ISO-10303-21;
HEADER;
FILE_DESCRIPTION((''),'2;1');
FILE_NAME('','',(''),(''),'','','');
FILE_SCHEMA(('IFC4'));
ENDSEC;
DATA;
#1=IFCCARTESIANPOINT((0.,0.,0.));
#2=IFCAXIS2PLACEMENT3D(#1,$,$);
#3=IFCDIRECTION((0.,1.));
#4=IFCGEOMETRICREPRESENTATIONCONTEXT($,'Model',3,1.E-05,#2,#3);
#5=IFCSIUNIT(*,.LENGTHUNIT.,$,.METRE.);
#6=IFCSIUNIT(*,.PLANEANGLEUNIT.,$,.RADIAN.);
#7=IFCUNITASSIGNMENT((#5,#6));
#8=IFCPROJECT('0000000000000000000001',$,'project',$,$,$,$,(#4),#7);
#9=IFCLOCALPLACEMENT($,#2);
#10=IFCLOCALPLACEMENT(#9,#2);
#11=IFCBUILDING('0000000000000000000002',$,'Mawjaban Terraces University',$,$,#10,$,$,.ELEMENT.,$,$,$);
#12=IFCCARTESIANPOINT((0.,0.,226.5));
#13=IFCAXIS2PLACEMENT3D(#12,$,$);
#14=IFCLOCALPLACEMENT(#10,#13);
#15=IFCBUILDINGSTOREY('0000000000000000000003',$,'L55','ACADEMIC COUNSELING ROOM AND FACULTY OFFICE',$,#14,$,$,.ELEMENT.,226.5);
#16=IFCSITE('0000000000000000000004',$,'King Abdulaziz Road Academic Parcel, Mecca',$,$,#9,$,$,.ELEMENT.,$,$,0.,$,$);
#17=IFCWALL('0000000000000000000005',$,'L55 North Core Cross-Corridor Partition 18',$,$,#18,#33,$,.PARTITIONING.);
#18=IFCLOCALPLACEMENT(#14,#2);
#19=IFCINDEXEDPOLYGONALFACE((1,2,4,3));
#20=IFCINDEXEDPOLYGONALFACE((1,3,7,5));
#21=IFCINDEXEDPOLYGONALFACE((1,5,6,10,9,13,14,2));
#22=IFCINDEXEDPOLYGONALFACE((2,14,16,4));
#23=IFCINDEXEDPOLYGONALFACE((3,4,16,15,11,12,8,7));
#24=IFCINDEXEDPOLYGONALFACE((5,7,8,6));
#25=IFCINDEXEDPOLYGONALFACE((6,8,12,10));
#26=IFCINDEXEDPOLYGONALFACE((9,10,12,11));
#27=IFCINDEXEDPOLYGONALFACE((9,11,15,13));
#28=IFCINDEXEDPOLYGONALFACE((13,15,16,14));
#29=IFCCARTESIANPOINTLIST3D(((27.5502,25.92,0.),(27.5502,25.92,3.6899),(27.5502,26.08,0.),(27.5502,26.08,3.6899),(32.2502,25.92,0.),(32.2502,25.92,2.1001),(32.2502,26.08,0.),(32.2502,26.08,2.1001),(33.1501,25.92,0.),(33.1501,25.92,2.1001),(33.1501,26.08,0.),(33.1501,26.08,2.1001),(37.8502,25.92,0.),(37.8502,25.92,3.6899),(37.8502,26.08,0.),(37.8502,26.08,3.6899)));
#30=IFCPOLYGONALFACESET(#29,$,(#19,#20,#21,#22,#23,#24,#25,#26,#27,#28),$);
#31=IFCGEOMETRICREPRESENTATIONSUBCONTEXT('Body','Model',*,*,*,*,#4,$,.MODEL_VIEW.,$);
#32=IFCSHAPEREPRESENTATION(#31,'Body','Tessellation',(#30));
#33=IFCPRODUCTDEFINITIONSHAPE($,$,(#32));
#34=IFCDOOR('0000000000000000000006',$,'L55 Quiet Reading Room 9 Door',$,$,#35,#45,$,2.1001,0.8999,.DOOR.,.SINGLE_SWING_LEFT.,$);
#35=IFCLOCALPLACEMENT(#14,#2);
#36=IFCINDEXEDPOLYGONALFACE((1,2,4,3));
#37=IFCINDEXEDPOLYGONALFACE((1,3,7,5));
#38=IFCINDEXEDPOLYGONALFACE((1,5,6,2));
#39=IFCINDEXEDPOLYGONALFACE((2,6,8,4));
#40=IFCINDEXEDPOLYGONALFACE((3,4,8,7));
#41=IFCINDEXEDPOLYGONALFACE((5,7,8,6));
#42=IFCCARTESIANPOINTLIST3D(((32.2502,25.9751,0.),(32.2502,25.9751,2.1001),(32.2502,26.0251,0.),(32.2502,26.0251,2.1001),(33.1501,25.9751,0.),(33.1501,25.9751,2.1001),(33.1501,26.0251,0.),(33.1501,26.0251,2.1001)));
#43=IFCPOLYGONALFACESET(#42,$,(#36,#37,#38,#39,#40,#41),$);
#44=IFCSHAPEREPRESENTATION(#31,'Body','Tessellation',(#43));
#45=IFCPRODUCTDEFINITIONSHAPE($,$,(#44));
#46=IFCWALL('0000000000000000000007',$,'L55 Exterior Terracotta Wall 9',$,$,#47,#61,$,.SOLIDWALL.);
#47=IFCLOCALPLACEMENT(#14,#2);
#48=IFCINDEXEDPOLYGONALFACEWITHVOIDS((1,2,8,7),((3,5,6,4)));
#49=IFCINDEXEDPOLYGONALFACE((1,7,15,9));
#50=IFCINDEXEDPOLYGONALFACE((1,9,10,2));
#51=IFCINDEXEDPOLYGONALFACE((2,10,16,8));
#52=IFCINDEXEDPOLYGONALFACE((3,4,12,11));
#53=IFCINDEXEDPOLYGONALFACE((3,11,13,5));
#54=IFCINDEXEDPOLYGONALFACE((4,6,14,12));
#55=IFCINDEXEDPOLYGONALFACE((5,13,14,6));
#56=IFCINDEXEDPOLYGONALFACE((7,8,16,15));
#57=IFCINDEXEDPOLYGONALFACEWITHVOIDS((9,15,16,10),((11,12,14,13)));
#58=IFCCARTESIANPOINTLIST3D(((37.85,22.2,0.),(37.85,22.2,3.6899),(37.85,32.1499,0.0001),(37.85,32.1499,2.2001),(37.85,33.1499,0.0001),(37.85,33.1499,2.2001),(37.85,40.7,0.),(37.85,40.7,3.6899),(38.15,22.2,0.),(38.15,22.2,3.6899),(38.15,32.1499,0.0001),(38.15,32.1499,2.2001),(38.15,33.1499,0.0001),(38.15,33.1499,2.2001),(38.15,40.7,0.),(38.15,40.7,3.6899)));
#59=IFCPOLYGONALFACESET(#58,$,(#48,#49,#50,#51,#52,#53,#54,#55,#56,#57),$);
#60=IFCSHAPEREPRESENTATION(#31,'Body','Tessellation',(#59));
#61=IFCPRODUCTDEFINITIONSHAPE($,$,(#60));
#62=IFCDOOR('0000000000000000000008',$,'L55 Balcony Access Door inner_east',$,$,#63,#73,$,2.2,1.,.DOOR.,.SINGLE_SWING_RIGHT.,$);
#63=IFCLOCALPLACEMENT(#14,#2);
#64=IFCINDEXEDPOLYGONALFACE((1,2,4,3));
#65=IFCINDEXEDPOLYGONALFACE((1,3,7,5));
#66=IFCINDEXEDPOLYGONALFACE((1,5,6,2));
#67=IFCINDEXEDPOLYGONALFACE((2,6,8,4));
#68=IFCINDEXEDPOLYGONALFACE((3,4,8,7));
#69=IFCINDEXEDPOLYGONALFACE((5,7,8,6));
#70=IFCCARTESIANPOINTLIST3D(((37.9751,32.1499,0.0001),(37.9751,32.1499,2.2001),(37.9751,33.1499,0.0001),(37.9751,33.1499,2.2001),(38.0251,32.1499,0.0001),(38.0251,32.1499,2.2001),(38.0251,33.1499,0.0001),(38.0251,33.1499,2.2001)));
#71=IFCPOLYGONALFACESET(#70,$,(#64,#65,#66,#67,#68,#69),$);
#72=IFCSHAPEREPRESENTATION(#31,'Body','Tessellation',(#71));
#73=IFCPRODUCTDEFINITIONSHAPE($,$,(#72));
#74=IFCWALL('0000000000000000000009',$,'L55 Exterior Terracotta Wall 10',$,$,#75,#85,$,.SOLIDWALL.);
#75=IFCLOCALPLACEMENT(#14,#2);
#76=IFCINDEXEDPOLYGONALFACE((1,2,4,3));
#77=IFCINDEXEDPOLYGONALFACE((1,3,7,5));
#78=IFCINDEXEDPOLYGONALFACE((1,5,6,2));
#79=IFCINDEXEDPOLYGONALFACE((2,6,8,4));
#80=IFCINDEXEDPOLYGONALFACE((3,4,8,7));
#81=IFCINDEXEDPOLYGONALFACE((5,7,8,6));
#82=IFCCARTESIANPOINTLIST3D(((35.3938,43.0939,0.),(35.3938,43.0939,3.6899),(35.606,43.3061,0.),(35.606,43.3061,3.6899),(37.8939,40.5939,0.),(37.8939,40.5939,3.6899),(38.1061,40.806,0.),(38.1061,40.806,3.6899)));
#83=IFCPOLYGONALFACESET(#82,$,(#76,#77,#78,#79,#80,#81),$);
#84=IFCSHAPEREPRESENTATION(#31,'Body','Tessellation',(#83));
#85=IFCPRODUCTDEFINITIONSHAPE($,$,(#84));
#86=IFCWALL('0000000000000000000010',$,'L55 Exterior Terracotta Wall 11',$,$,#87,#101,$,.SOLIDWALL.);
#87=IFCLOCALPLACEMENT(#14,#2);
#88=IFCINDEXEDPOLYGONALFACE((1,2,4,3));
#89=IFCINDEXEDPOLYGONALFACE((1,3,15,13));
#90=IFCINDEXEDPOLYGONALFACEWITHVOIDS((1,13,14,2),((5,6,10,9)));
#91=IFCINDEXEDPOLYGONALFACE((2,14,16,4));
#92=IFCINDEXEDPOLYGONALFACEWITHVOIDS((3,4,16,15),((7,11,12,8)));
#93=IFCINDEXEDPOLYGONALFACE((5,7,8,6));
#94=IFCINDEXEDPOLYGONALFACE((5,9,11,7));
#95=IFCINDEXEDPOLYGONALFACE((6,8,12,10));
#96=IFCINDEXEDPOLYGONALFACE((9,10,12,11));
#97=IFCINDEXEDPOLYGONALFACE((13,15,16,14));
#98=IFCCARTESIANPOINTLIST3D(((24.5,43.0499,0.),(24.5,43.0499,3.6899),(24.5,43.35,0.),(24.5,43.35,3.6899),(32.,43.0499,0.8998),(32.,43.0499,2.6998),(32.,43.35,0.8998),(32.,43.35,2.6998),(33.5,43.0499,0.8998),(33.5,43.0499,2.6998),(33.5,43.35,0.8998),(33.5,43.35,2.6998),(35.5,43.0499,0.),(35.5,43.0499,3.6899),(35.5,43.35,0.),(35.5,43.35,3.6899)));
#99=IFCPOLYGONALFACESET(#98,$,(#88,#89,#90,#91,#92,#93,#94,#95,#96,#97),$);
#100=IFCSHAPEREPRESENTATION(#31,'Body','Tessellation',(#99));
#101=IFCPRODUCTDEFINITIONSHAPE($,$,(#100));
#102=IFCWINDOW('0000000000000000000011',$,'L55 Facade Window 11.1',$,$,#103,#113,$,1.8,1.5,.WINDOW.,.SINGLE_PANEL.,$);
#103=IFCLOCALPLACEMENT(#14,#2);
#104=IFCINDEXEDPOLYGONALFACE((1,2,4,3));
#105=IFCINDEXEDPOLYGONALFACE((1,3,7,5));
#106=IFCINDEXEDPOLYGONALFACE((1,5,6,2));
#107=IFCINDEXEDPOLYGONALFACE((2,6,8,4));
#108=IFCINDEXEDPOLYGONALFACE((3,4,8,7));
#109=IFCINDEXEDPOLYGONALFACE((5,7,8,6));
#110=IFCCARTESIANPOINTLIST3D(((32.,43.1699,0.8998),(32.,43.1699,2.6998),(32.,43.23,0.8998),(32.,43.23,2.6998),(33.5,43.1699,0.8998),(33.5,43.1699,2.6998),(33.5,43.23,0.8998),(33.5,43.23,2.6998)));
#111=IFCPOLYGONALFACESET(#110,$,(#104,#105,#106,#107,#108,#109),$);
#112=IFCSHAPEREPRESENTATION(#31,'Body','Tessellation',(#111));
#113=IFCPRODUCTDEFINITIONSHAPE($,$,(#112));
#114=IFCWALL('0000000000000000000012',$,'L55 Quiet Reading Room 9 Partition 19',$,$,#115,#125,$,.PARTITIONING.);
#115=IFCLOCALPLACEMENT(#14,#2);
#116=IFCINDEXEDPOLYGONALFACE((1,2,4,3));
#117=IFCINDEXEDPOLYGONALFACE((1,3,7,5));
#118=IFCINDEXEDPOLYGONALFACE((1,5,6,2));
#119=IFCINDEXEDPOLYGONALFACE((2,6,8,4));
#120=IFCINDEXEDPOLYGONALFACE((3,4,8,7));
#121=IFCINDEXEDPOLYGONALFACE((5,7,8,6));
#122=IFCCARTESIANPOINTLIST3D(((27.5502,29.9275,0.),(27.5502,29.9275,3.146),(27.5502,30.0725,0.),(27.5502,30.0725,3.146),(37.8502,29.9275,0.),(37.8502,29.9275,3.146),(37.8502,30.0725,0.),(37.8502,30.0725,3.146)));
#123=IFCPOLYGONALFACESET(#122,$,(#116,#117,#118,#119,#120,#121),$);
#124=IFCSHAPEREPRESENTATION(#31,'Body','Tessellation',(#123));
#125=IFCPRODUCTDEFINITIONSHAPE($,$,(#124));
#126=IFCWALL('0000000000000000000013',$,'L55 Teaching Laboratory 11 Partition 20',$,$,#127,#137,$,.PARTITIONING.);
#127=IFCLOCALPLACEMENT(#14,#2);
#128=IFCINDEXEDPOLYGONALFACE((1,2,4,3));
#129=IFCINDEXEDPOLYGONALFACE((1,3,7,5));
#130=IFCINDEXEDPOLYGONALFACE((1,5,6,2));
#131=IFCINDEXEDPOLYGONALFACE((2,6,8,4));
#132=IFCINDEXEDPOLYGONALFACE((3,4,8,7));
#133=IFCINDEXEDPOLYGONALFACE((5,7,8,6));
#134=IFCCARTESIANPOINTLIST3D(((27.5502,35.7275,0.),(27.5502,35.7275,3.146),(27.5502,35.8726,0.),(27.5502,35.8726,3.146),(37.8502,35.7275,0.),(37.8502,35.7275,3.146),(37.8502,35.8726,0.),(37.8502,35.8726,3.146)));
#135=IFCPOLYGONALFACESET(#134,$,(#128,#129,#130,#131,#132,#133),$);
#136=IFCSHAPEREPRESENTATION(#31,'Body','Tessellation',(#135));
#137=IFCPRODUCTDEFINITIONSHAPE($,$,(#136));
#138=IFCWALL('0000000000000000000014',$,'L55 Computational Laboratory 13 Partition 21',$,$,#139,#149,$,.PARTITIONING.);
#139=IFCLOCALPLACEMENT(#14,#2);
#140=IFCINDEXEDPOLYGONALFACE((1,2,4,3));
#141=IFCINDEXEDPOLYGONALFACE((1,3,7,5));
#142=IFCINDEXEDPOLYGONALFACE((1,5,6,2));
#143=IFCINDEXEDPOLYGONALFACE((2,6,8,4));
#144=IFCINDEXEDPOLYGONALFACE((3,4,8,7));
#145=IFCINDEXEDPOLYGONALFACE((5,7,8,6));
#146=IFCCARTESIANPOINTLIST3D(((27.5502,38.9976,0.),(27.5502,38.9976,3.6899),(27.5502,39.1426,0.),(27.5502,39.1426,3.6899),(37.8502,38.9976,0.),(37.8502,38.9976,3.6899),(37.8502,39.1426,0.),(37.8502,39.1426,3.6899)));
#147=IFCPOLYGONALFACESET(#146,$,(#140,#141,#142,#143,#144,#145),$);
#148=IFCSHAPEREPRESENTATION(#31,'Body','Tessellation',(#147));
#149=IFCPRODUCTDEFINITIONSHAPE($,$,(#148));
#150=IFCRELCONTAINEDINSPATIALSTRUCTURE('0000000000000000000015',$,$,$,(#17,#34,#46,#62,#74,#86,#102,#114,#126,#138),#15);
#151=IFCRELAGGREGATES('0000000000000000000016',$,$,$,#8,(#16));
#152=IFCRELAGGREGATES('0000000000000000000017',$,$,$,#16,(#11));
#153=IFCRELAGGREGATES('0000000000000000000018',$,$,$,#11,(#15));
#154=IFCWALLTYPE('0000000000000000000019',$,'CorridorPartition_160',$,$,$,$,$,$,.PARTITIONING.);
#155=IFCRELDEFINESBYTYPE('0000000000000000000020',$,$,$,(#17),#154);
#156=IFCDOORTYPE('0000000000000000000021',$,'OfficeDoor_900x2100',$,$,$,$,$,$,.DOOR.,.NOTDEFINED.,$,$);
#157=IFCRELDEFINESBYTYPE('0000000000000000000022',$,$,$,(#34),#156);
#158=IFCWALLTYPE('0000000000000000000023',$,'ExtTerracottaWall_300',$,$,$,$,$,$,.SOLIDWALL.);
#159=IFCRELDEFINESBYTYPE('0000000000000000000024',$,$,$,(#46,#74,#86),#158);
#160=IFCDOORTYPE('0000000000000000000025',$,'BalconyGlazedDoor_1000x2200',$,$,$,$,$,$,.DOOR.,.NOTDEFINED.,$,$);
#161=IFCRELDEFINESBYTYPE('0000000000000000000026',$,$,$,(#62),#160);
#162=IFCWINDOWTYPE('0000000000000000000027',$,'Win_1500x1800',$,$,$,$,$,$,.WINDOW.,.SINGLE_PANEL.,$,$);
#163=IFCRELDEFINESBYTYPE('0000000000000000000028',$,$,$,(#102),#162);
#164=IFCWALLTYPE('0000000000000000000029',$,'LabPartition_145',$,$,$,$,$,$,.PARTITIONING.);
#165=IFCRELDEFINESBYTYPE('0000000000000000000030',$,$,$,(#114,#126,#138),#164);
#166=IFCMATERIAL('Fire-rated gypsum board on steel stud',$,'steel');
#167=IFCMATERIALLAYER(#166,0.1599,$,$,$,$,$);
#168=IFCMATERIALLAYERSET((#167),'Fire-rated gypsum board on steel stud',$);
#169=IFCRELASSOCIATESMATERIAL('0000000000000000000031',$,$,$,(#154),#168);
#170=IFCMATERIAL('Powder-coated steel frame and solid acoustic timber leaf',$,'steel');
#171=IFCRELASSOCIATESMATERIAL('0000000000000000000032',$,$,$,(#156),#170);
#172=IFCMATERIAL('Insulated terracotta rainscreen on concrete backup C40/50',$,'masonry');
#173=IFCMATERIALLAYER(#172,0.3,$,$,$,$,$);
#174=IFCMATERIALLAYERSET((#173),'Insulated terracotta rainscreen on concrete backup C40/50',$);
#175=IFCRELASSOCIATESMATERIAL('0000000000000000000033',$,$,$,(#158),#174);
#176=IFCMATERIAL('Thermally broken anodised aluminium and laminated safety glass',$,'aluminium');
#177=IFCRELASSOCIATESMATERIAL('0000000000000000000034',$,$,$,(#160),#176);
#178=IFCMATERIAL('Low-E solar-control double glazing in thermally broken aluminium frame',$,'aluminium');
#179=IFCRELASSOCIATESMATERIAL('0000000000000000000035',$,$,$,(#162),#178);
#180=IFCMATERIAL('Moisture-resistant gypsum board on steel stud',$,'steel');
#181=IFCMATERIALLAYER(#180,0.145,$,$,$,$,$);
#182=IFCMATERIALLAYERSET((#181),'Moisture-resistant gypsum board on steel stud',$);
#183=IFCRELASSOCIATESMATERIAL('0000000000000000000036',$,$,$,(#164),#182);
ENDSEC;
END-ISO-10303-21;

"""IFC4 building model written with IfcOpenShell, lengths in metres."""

from ifc_helpers import new_model, si_unit, direction, frame, frame_2d, origin, place, context, subcontext, project, spatial, rectangle, extrude, material, layer, layer_set, type_object, element, fill, save


model = new_model("IFC4")

# Units and contexts
model_context = context("Model", 3, precision=1e-05, world=origin(), true_north=direction((0.0, 1.0)))
body_context = subcontext(model_context, "Body", "Model", "MODEL_VIEW")
ifc_project = project(units=[si_unit("LENGTHUNIT", "METRE"), si_unit("PLANEANGLEUNIT", "RADIAN")], contexts=[model_context])

# Site, building, storey
site_placement = place(None, origin())
site = spatial("IfcSite", under=ifc_project, at=site_placement, Name="King Abdulaziz Road Academic Parcel, Mecca", CompositionType="ELEMENT", RefElevation=0.0)
building_placement = place(site_placement, origin())
building = spatial("IfcBuilding", under=site, at=building_placement, Name="Mawjaban Terraces University", CompositionType="ELEMENT")
storey_placement = place(building_placement, frame((0.0, 0.0, 226.5)))
storey = spatial("IfcBuildingStorey", under=building, at=storey_placement, Name="L55", Description="ACADEMIC COUNSELING ROOM AND FACULTY OFFICE", CompositionType="ELEMENT", Elevation=226.5)

# Walls, openings, doors
ifc_material_1 = material(Name="Fire-rated gypsum board on steel stud", Category="steel")
ifc_layer_1 = layer(ifc_material_1, 0.1599)
ifc_layer_set_1 = layer_set([ifc_layer_1], Name="Fire-rated gypsum board on steel stud")
wall_type_1 = type_object("IfcWallType", Name="CorridorPartition_160", PredefinedType="PARTITIONING", material=ifc_layer_set_1)
ifc_material_2 = material(Name="Powder-coated steel frame and solid acoustic timber leaf", Category="steel")
door_type_1 = type_object("IfcDoorType", Name="OfficeDoor_900x2100", OperationType="NOTDEFINED", PredefinedType="DOOR", material=ifc_material_2)
wall_1_placement = place(storey_placement, frame((37.8501, 26.0, 0.0), z_axis=(0.0, 0.0, 1.0), x_axis=(-1.0, 0.0, 0.0)))
wall_1 = element("IfcWall", 1, at=wall_1_placement, inside=storey, type_object=wall_type_1, Name="L55 North Core Cross-Corridor Partition 18", PredefinedType="PARTITIONING", context=body_context, shape_type="SweptSolid", body=[
    extrude(rectangle(XDim=10.3, YDim=0.1599, at=frame_2d((5.1499, 0.0))), origin(), (0.0, 0.0, 1.0), 3.6899),
])
opening_1_placement = place(wall_1_placement, frame((4.7, 0.0, 0.0)))
opening_1 = element("IfcOpeningElement", 2, at=opening_1_placement, cuts=wall_1, PredefinedType="OPENING", context=body_context, shape_type="SweptSolid", body=[
    extrude(rectangle(XDim=0.8999, YDim=2.1001, at=frame_2d((0.45, 1.05))), frame((0.0, 0.0898, 0.0), z_axis=(0.0, -1.0, 0.0), x_axis=(1.0, 0.0, 0.0)), (0.0, 0.0, 1.0), 0.1799),
])
door_1_placement = place(opening_1_placement, origin())
door_1 = element("IfcDoor", 3, at=door_1_placement, inside=storey, type_object=door_type_1, Name="L55 Quiet Reading Room 9 Door", OperationType="SINGLE_SWING_LEFT", OverallHeight=2.1001, OverallWidth=0.8999, PredefinedType="DOOR", context=body_context, shape_type="SweptSolid", body=[
    extrude(rectangle(XDim=0.8999, YDim=2.1001, at=frame_2d((0.45, 1.05))), frame((0.0, 0.0249, 0.0), z_axis=(0.0, -1.0, 0.0), x_axis=(1.0, 0.0, 0.0)), (0.0, 0.0, 1.0), 0.05),
])
fill(opening_1, door_1)
ifc_material_3 = material(Name="Insulated terracotta rainscreen on concrete backup C40/50", Category="masonry")
ifc_layer_2 = layer(ifc_material_3, 0.3)
ifc_layer_set_2 = layer_set([ifc_layer_2], Name="Insulated terracotta rainscreen on concrete backup C40/50")
wall_type_2 = type_object("IfcWallType", Name="ExtTerracottaWall_300", PredefinedType="SOLIDWALL", material=ifc_layer_set_2)
wall_2_placement = place(storey_placement, frame((38.0, 22.2, 0.0), z_axis=(0.0, 0.0, 1.0), x_axis=(0.0, 1.0, 0.0)))
wall_2 = element("IfcWall", 4, at=wall_2_placement, inside=storey, type_object=wall_type_2, Name="L55 Exterior Terracotta Wall 9", PredefinedType="SOLIDWALL", context=body_context, shape_type="SweptSolid", body=[
    extrude(rectangle(XDim=18.5, YDim=0.3, at=frame_2d((9.25, 0.0))), origin(), (0.0, 0.0, 1.0), 3.6899),
])
opening_2_placement = place(wall_2_placement, frame((9.95, 0.0, 0.0)))
opening_2 = element("IfcOpeningElement", 5, at=opening_2_placement, cuts=wall_2, PredefinedType="OPENING", context=body_context, shape_type="SweptSolid", body=[
    extrude(rectangle(XDim=1.0, YDim=2.2, at=frame_2d((0.5, 1.1001))), frame((0.0, 0.1599, 0.0), z_axis=(0.0, -1.0, 0.0), x_axis=(1.0, 0.0, 0.0)), (0.0, 0.0, 1.0), 0.3201),
])
ifc_material_4 = material(Name="Thermally broken anodised aluminium and laminated safety glass", Category="aluminium")
door_type_2 = type_object("IfcDoorType", Name="BalconyGlazedDoor_1000x2200", OperationType="NOTDEFINED", PredefinedType="DOOR", material=ifc_material_4)
door_2_placement = place(opening_2_placement, origin())
door_2 = element("IfcDoor", 6, at=door_2_placement, inside=storey, type_object=door_type_2, Name="L55 Balcony Access Door inner_east", OperationType="SINGLE_SWING_RIGHT", OverallHeight=2.2, OverallWidth=1.0, PredefinedType="DOOR", context=body_context, shape_type="SweptSolid", body=[
    extrude(rectangle(XDim=1.0, YDim=2.2, at=frame_2d((0.5, 1.1001))), frame((0.0, 0.0249, 0.0), z_axis=(0.0, -1.0, 0.0), x_axis=(1.0, 0.0, 0.0)), (0.0, 0.0, 1.0), 0.05),
])
fill(opening_2, door_2)

# Wall
wall_3_placement = place(storey_placement, frame((38.0, 40.7, 0.0), z_axis=(0.0, 0.0, 1.0), x_axis=(-0.707107, 0.707107, 0.0)))
element("IfcWall", 7, at=wall_3_placement, inside=storey, type_object=wall_type_2, Name="L55 Exterior Terracotta Wall 10", PredefinedType="SOLIDWALL", context=body_context, shape_type="SweptSolid", body=[
    extrude(rectangle(XDim=3.5356, YDim=0.3, at=frame_2d((1.7678, 0.0))), origin(), (0.0, 0.0, 1.0), 3.6899),
])

# Wall, opening, window
wall_4_placement = place(storey_placement, frame((35.5, 43.2, 0.0), z_axis=(0.0, 0.0, 1.0), x_axis=(-1.0, 0.0, 0.0)))
wall_4 = element("IfcWall", 8, at=wall_4_placement, inside=storey, type_object=wall_type_2, Name="L55 Exterior Terracotta Wall 11", PredefinedType="SOLIDWALL", context=body_context, shape_type="SweptSolid", body=[
    extrude(rectangle(XDim=11.0, YDim=0.3, at=frame_2d((5.5, 0.0))), origin(), (0.0, 0.0, 1.0), 3.6899),
])
opening_3_placement = place(wall_4_placement, frame((2.0, 0.0, 0.8999)))
opening_3 = element("IfcOpeningElement", 9, at=opening_3_placement, cuts=wall_4, PredefinedType="OPENING", context=body_context, shape_type="SweptSolid", body=[
    extrude(rectangle(XDim=1.5, YDim=1.8, at=frame_2d((0.75, 0.8999))), frame((0.0, 0.1599, 0.0), z_axis=(0.0, -1.0, 0.0), x_axis=(1.0, 0.0, 0.0)), (0.0, 0.0, 1.0), 0.3201),
])
ifc_material_5 = material(Name="Low-E solar-control double glazing in thermally broken aluminium frame", Category="aluminium")
window_type = type_object("IfcWindowType", Name="Win_1500x1800", PartitioningType="SINGLE_PANEL", PredefinedType="WINDOW", material=ifc_material_5)
window_placement = place(opening_3_placement, origin())
window = element("IfcWindow", 10, at=window_placement, inside=storey, type_object=window_type, Name="L55 Facade Window 11.1", OverallHeight=1.8, OverallWidth=1.5, PartitioningType="SINGLE_PANEL", PredefinedType="WINDOW", context=body_context, shape_type="SweptSolid", body=[
    extrude(rectangle(XDim=1.5, YDim=1.8, at=frame_2d((0.75, 0.8999))), frame((0.0, 0.03, 0.0), z_axis=(0.0, -1.0, 0.0), x_axis=(1.0, 0.0, 0.0)), (0.0, 0.0, 1.0), 0.0601),
])
fill(opening_3, window)

# Walls
ifc_material_6 = material(Name="Moisture-resistant gypsum board on steel stud", Category="steel")
ifc_layer_3 = layer(ifc_material_6, 0.145)
ifc_layer_set_3 = layer_set([ifc_layer_3], Name="Moisture-resistant gypsum board on steel stud")
wall_type_3 = type_object("IfcWallType", Name="LabPartition_145", PredefinedType="PARTITIONING", material=ifc_layer_set_3)
for number, where, z_axis, x_axis, name in (
    (11, (37.8501, 30.0, 0.0), (0.0, 0.0, 1.0), (-1.0, 0.0, 0.0), "L55 Quiet Reading Room 9 Partition 19"),
    (12, (37.8501, 35.8, 0.0), (0.0, 0.0, 1.0), (-1.0, 0.0, 0.0), "L55 Teaching Laboratory 11 Partition 20"),
):
    element("IfcWall", number, at=place(storey_placement, frame(where, z_axis=z_axis, x_axis=x_axis)), inside=storey, type_object=wall_type_3, Name=name, PredefinedType="PARTITIONING", context=body_context, shape_type="SweptSolid", body=[
        extrude(rectangle(XDim=10.3, YDim=0.145, at=frame_2d((5.1499, 0.0))), origin(), (0.0, 0.0, 1.0), 3.146),
    ])
wall_5_placement = place(storey_placement, frame((37.8501, 39.0701, 0.0), z_axis=(0.0, 0.0, 1.0), x_axis=(-1.0, 0.0, 0.0)))
element("IfcWall", 13, at=wall_5_placement, inside=storey, type_object=wall_type_3, Name="L55 Computational Laboratory 13 Partition 21", PredefinedType="PARTITIONING", context=body_context, shape_type="SweptSolid", body=[
    extrude(rectangle(XDim=10.3, YDim=0.145, at=frame_2d((5.1499, 0.0))), origin(), (0.0, 0.0, 1.0), 3.6899),
])

save(model, "model.ifc")
